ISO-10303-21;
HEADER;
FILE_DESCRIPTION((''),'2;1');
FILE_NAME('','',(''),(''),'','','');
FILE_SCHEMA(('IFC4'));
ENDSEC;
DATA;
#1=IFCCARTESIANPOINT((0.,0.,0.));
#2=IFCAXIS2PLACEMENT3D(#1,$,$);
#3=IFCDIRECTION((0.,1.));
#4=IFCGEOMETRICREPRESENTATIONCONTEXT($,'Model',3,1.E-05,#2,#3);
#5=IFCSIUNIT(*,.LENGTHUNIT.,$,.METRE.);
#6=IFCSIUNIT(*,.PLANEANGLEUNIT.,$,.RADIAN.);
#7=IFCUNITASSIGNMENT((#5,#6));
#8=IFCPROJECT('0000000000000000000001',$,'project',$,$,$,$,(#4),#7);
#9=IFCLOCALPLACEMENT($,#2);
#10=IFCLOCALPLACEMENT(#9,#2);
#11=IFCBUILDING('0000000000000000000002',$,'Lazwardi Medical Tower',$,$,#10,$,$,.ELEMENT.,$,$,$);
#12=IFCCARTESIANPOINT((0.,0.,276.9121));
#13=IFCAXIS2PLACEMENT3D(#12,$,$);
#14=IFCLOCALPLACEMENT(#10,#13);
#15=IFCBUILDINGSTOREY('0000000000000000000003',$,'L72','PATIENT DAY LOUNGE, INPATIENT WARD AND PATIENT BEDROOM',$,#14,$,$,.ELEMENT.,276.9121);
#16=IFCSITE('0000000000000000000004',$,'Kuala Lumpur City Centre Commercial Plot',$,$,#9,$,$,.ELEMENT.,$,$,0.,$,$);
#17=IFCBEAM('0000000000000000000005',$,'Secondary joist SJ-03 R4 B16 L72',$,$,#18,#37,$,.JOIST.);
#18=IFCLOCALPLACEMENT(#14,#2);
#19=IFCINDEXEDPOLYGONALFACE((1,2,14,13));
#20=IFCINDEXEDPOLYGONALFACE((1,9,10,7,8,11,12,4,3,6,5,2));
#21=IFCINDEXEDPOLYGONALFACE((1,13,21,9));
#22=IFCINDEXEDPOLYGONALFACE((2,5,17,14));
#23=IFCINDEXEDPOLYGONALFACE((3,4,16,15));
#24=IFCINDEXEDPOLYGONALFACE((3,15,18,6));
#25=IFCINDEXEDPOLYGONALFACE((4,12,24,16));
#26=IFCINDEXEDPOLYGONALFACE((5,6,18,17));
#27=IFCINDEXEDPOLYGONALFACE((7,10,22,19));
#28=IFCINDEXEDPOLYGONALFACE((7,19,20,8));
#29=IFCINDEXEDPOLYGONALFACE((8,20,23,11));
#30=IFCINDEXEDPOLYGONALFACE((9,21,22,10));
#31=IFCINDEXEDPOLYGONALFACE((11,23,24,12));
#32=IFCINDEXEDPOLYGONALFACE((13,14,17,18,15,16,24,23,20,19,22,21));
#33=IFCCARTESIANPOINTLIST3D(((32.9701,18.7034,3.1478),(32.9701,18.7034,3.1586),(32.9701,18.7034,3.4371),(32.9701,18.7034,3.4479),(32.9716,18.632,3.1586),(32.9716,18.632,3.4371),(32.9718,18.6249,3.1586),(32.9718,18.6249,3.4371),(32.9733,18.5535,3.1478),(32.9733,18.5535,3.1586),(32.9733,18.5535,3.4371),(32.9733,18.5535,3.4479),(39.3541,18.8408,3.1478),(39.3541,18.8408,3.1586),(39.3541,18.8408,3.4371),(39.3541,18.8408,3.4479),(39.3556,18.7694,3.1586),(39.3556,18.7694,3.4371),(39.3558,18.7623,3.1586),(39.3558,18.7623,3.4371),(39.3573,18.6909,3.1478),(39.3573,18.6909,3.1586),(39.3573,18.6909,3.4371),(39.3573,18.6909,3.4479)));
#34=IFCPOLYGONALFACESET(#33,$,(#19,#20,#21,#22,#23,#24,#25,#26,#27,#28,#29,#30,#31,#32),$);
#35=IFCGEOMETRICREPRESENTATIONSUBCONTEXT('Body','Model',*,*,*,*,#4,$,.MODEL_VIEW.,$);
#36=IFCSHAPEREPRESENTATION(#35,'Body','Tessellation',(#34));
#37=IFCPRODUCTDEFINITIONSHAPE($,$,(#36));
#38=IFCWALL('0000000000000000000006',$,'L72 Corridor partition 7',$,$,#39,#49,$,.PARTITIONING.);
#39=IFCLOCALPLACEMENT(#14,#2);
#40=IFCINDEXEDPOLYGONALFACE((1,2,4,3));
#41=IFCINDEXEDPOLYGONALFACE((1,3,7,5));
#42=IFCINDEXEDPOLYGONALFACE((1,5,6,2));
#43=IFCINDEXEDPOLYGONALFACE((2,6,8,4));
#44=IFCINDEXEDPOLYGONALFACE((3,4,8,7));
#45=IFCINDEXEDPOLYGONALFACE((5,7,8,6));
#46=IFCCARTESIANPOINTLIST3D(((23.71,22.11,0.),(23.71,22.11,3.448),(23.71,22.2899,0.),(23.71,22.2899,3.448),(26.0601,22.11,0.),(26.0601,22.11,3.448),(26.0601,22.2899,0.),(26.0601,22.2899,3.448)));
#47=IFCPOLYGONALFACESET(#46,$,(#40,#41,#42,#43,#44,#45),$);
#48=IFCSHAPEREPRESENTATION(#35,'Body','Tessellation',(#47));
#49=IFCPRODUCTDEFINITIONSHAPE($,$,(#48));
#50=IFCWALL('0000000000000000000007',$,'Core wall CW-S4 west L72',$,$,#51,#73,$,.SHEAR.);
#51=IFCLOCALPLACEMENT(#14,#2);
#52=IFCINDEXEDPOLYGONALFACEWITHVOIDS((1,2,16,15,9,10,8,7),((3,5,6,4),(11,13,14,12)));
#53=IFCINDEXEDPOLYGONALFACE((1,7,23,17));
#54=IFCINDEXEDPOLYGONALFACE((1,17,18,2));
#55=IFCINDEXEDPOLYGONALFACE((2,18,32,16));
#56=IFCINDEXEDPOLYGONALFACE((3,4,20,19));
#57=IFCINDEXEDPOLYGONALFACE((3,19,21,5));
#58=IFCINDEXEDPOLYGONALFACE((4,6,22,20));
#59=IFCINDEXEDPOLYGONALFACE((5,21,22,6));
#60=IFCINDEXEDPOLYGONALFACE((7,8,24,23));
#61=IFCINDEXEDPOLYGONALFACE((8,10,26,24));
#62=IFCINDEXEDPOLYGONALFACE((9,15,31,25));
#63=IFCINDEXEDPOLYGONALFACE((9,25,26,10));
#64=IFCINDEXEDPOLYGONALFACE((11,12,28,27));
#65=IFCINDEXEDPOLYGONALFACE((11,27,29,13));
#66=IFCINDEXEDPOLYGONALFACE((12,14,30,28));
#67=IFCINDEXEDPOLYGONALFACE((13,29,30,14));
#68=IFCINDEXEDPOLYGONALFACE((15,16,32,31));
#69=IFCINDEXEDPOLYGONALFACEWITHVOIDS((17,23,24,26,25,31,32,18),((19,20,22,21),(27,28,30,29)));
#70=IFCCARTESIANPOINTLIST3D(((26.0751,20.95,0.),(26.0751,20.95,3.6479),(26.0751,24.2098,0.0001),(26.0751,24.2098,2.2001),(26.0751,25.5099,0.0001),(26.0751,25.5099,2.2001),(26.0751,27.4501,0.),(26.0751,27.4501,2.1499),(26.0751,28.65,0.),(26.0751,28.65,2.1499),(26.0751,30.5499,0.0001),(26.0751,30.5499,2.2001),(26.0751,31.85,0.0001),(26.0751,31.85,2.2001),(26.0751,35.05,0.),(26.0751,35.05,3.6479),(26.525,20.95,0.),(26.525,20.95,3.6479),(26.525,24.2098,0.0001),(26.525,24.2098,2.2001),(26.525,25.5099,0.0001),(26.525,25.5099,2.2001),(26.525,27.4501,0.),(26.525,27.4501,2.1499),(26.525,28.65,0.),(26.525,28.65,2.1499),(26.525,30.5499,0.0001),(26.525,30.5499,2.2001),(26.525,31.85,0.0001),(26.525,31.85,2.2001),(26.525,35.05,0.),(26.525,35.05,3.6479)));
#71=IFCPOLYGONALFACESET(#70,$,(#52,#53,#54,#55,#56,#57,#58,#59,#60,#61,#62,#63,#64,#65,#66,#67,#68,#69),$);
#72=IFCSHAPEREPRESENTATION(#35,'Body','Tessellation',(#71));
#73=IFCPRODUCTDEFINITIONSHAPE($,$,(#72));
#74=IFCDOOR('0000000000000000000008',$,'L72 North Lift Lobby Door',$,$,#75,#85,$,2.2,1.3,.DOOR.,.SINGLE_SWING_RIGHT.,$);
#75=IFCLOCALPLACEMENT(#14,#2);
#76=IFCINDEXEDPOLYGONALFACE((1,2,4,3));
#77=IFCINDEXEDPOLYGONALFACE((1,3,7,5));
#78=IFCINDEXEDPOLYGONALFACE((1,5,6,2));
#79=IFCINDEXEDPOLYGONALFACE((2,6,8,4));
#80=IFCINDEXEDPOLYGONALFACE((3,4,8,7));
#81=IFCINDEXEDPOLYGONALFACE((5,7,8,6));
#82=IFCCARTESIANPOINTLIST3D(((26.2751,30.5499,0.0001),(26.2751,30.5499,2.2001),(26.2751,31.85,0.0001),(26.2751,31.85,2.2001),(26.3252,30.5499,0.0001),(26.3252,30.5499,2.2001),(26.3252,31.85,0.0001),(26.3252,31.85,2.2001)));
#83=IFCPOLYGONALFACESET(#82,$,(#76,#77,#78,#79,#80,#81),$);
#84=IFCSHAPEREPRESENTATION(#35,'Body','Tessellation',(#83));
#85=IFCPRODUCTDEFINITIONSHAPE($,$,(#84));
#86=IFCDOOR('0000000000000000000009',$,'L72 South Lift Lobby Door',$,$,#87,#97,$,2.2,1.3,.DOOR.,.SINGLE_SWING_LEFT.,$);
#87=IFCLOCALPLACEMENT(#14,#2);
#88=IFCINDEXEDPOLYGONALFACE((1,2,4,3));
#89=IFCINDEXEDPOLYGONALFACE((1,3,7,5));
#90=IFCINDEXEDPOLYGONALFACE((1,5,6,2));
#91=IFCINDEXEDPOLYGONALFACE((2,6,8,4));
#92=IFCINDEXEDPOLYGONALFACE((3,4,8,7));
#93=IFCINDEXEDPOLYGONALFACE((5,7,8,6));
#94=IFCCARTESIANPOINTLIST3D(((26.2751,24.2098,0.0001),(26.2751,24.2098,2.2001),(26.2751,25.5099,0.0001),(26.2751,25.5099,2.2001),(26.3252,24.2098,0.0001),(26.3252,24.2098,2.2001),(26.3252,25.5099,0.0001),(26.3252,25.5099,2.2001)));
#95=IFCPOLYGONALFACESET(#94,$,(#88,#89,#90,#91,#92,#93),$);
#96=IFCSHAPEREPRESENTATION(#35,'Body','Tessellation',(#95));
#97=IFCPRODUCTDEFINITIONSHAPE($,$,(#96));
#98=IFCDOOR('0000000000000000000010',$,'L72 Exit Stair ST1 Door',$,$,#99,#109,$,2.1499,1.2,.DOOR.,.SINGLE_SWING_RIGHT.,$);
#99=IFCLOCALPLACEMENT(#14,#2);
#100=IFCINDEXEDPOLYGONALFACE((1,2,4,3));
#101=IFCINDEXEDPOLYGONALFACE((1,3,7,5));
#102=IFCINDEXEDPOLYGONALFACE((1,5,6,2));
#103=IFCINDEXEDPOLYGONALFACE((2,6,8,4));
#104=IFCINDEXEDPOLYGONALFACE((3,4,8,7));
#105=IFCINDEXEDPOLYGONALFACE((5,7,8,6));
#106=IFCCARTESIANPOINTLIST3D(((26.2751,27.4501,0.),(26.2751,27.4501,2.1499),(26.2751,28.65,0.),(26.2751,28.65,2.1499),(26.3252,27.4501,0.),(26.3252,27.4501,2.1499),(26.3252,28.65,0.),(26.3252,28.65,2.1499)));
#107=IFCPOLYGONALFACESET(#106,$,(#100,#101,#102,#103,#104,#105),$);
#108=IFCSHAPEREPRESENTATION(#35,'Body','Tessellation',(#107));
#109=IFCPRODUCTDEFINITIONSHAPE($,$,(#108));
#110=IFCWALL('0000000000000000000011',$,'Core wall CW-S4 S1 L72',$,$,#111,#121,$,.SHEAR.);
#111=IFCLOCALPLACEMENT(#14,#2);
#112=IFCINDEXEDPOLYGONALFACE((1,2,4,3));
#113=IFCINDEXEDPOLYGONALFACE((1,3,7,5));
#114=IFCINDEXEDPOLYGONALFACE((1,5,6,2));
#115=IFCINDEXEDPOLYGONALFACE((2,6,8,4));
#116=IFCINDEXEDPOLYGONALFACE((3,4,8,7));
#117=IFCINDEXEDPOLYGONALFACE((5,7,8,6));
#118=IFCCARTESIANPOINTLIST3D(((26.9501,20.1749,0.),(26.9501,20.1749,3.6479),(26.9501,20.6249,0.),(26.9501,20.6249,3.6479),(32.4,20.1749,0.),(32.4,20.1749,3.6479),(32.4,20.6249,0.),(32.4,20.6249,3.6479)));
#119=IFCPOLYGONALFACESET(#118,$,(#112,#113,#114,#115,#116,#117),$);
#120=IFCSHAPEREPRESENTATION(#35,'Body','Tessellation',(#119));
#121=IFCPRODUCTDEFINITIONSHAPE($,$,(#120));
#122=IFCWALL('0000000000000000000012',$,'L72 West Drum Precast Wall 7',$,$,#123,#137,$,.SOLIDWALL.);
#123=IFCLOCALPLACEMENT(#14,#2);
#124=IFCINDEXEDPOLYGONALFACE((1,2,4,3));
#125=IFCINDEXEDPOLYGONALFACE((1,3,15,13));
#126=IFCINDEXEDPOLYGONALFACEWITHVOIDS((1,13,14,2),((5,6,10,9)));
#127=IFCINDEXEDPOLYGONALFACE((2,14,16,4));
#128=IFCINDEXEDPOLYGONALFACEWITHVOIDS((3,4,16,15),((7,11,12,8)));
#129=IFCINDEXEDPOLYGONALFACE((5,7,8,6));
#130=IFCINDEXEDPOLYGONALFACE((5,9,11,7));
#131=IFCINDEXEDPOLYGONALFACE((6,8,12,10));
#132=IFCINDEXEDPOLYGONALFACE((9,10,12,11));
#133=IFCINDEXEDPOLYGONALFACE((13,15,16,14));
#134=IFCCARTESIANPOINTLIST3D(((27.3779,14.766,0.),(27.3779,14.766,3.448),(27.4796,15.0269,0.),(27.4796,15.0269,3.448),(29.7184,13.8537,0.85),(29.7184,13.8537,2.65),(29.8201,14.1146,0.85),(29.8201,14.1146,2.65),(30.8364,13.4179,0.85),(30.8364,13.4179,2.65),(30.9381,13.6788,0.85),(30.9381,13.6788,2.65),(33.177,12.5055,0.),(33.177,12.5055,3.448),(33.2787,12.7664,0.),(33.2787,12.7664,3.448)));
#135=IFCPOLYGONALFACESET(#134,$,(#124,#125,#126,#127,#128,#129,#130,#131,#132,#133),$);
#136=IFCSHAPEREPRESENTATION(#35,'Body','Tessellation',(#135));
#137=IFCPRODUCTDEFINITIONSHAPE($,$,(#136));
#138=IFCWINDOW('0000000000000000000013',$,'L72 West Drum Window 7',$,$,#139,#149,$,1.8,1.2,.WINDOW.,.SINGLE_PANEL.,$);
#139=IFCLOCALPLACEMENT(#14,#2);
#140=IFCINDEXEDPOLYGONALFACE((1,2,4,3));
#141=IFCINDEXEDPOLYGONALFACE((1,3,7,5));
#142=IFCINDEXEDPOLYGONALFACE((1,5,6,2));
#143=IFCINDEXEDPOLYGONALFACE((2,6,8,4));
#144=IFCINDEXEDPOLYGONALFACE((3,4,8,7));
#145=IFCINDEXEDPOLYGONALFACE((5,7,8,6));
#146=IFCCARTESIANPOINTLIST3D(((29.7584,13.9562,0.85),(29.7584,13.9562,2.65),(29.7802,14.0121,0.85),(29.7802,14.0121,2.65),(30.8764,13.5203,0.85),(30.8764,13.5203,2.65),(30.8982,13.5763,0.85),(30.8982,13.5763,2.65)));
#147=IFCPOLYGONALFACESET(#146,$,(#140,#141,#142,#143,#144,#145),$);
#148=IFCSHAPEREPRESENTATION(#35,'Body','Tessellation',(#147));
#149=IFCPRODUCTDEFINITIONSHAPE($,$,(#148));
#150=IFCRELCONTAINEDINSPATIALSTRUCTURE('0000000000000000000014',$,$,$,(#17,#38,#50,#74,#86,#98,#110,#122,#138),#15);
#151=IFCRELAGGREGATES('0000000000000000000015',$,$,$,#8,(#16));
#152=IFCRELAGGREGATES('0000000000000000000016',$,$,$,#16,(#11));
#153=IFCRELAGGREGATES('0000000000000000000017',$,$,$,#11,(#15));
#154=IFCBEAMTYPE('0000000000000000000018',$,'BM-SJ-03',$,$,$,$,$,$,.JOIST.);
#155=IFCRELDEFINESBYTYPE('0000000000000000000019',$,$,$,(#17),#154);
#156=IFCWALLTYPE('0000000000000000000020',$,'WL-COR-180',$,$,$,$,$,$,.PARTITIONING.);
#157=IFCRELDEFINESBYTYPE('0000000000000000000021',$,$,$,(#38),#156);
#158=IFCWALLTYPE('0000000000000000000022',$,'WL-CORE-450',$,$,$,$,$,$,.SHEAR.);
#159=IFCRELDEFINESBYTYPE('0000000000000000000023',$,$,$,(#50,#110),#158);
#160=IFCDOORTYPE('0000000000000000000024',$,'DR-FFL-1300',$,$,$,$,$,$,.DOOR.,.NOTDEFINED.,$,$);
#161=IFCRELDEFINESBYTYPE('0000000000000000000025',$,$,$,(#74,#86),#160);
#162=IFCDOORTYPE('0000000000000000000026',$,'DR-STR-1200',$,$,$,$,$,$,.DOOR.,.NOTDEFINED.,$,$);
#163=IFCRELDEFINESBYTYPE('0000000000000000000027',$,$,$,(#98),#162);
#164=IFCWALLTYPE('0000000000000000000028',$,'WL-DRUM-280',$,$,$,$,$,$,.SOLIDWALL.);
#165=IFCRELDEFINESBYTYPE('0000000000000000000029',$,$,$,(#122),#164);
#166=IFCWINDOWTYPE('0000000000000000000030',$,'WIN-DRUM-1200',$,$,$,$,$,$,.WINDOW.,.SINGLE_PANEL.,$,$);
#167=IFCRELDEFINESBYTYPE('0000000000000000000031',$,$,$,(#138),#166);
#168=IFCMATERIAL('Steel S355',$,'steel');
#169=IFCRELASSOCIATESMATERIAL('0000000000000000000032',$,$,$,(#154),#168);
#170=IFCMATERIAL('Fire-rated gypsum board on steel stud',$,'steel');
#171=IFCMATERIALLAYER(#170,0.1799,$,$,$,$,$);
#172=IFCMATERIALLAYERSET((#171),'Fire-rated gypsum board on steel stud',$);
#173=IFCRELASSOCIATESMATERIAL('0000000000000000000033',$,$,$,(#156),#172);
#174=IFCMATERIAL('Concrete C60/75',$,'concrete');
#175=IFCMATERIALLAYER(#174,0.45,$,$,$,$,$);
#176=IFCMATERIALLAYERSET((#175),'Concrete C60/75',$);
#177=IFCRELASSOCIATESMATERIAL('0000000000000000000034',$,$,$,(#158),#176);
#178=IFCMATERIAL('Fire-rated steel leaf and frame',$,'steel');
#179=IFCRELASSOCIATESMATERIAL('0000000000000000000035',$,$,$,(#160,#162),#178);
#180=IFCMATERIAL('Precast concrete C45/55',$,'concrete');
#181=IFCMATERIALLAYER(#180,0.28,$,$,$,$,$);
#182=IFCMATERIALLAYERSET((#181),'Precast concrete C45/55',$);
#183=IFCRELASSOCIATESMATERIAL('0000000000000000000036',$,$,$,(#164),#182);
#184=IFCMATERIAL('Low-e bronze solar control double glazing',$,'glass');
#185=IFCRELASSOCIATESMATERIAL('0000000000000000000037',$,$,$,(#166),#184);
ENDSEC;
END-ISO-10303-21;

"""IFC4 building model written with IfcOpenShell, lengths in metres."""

from ifc_helpers import new_model, si_unit, direction, frame, frame_2d, origin, origin_2d, place, context, subcontext, project, spatial, rectangle, i_section, extrude, material, layer, layer_set, material_profile, profile_set, type_object, element, fill, save


model = new_model("IFC4")

# Units and contexts
model_context = context("Model", 3, precision=1e-05, world=origin(), true_north=direction((0.0, 1.0)))
body_context = subcontext(model_context, "Body", "Model", "MODEL_VIEW")
ifc_project = project(units=[si_unit("LENGTHUNIT", "METRE"), si_unit("PLANEANGLEUNIT", "RADIAN")], contexts=[model_context])

# Site, building, storey
site_placement = place(None, origin())
site = spatial("IfcSite", under=ifc_project, at=site_placement, Name="Kuala Lumpur City Centre Commercial Plot", CompositionType="ELEMENT", RefElevation=0.0)
building_placement = place(site_placement, origin())
building = spatial("IfcBuilding", under=site, at=building_placement, Name="Lazwardi Medical Tower", CompositionType="ELEMENT")
storey_placement = place(building_placement, frame((0.0, 0.0, 276.9121)))
storey = spatial("IfcBuildingStorey", under=building, at=storey_placement, Name="L72", Description="PATIENT DAY LOUNGE, INPATIENT WARD AND PATIENT BEDROOM", CompositionType="ELEMENT", Elevation=276.9121)

# Shared definitions
ifc_material_1 = material(Name="Concrete C60/75", Category="concrete")

# Beam
ifc_material_2 = material(Name="Steel S355", Category="steel")
ifc_material_profile_1 = material_profile(ifc_material_2, i_section(OverallWidth=0.1499, OverallDepth=0.3, WebThickness=0.0071, FlangeThickness=0.0107, at=origin_2d()), Name="IPE 300")
ifc_profile_set_1 = profile_set([ifc_material_profile_1], Name="Steel S355")
beam_type_1 = type_object("IfcBeamType", Name="BM-SJ-03", PredefinedType="JOIST", material=ifc_profile_set_1)
beam_1_placement = place(storey_placement, frame((32.9717, 18.6284, 3.2979), z_axis=(0.999768, 0.021525, 0.0), x_axis=(-0.021525, 0.999768, 0.0)))
element("IfcBeam", 1, at=beam_1_placement, inside=storey, type_object=beam_type_1, Name="Secondary joist SJ-03 R4 B16 L72", PredefinedType="JOIST", context=body_context, shape_type="SweptSolid", body=[
    extrude(i_section(OverallWidth=0.1499, OverallDepth=0.3, WebThickness=0.0071, FlangeThickness=0.0107, at=origin_2d()), origin(), (0.0, 0.0, 1.0), 6.3855),
])

# Wall
ifc_material_3 = material(Name="Fire-rated gypsum board on steel stud", Category="steel")
ifc_layer_1 = layer(ifc_material_3, 0.1799)
ifc_layer_set_1 = layer_set([ifc_layer_1], Name="Fire-rated gypsum board on steel stud")
wall_type_1 = type_object("IfcWallType", Name="WL-COR-180", PredefinedType="PARTITIONING", material=ifc_layer_set_1)
wall_1_placement = place(storey_placement, frame((26.0601, 22.2, 0.0), z_axis=(0.0, 0.0, 1.0), x_axis=(-1.0, 0.0, 0.0)))
element("IfcWall", 2, at=wall_1_placement, inside=storey, type_object=wall_type_1, Name="L72 Corridor partition 7", PredefinedType="PARTITIONING", context=body_context, shape_type="SweptSolid", body=[
    extrude(rectangle(XDim=2.3501, YDim=0.1799, at=frame_2d((1.175, 0.0))), origin(), (0.0, 0.0, 1.0), 3.448),
])

# Wall, openings, doors
ifc_layer_2 = layer(ifc_material_1, 0.45)
ifc_layer_set_2 = layer_set([ifc_layer_2], Name="Concrete C60/75")
wall_type_2 = type_object("IfcWallType", Name="WL-CORE-450", PredefinedType="SHEAR", material=ifc_layer_set_2)
wall_2_placement = place(storey_placement, frame((26.3, 20.95, 0.0), z_axis=(0.0, 0.0, 1.0), x_axis=(0.0, 1.0, 0.0)))
wall_2 = element("IfcWall", 3, at=wall_2_placement, inside=storey, type_object=wall_type_2, Name="Core wall CW-S4 west L72", PredefinedType="SHEAR", context=body_context, shape_type="SweptSolid", body=[
    extrude(rectangle(XDim=14.1001, YDim=0.45, at=frame_2d((7.05, 0.0))), origin(), (0.0, 0.0, 1.0), 3.6479),
])
opening_1_placement = place(wall_2_placement, frame((6.5, 0.0, 0.0)))
opening_1 = element("IfcOpeningElement", 4, at=opening_1_placement, cuts=wall_2, PredefinedType="OPENING", context=body_context, shape_type="SweptSolid", body=[
    extrude(rectangle(XDim=1.2, YDim=2.1499, at=frame_2d((0.6001, 1.075))), frame((0.0, 0.2349, 0.0), z_axis=(0.0, -1.0, 0.0), x_axis=(1.0, 0.0, 0.0)), (0.0, 0.0, 1.0), 0.47),
])
opening_2_placement = place(wall_2_placement, frame((9.6001, 0.0, 0.0)))
opening_2 = element("IfcOpeningElement", 5, at=opening_2_placement, cuts=wall_2, PredefinedType="OPENING", context=body_context, shape_type="SweptSolid", body=[
    extrude(rectangle(XDim=1.3, YDim=2.2, at=frame_2d((0.6499, 1.1001))), frame((0.0, 0.2349, 0.0), z_axis=(0.0, -1.0, 0.0), x_axis=(1.0, 0.0, 0.0)), (0.0, 0.0, 1.0), 0.47),
])
opening_3_placement = place(wall_2_placement, frame((3.26, 0.0, 0.0)))
opening_3 = element("IfcOpeningElement", 6, at=opening_3_placement, cuts=wall_2, PredefinedType="OPENING", context=body_context, shape_type="SweptSolid", body=[
    extrude(rectangle(XDim=1.3, YDim=2.2, at=frame_2d((0.6499, 1.1001))), frame((0.0, 0.2349, 0.0), z_axis=(0.0, -1.0, 0.0), x_axis=(1.0, 0.0, 0.0)), (0.0, 0.0, 1.0), 0.47),
])
ifc_material_4 = material(Name="Fire-rated steel leaf and frame", Category="steel")
door_type_1 = type_object("IfcDoorType", Name="DR-FFL-1300", OperationType="NOTDEFINED", PredefinedType="DOOR", material=ifc_material_4)
door_1_placement = place(opening_2_placement, origin())
door_1 = element("IfcDoor", 7, at=door_1_placement, inside=storey, type_object=door_type_1, Name="L72 North Lift Lobby Door", OperationType="SINGLE_SWING_RIGHT", OverallHeight=2.2, OverallWidth=1.3, PredefinedType="DOOR", context=body_context, shape_type="SweptSolid", body=[
    extrude(rectangle(XDim=1.3, YDim=2.2, at=frame_2d((0.6499, 1.1001))), frame((0.0, 0.0249, 0.0), z_axis=(0.0, -1.0, 0.0), x_axis=(1.0, 0.0, 0.0)), (0.0, 0.0, 1.0), 0.05),
])
fill(opening_2, door_1)
door_2_placement = place(opening_3_placement, origin())
door_2 = element("IfcDoor", 8, at=door_2_placement, inside=storey, type_object=door_type_1, Name="L72 South Lift Lobby Door", OperationType="SINGLE_SWING_LEFT", OverallHeight=2.2, OverallWidth=1.3, PredefinedType="DOOR", context=body_context, shape_type="SweptSolid", body=[
    extrude(rectangle(XDim=1.3, YDim=2.2, at=frame_2d((0.6499, 1.1001))), frame((0.0, 0.0249, 0.0), z_axis=(0.0, -1.0, 0.0), x_axis=(1.0, 0.0, 0.0)), (0.0, 0.0, 1.0), 0.05),
])
fill(opening_3, door_2)
door_type_2 = type_object("IfcDoorType", Name="DR-STR-1200", OperationType="NOTDEFINED", PredefinedType="DOOR", material=ifc_material_4)
door_3_placement = place(opening_1_placement, origin())
door_3 = element("IfcDoor", 9, at=door_3_placement, inside=storey, type_object=door_type_2, Name="L72 Exit Stair ST1 Door", OperationType="SINGLE_SWING_RIGHT", OverallHeight=2.1499, OverallWidth=1.2, PredefinedType="DOOR", context=body_context, shape_type="SweptSolid", body=[
    extrude(rectangle(XDim=1.2, YDim=2.1499, at=frame_2d((0.6001, 1.075))), frame((0.0, 0.0249, 0.0), z_axis=(0.0, -1.0, 0.0), x_axis=(1.0, 0.0, 0.0)), (0.0, 0.0, 1.0), 0.05),
])
fill(opening_1, door_3)

# Wall
wall_3_placement = place(storey_placement, frame((26.95, 20.3999, 0.0), z_axis=(0.0, 0.0, 1.0), x_axis=(1.0, 0.0, 0.0)))
element("IfcWall", 10, at=wall_3_placement, inside=storey, type_object=wall_type_2, Name="Core wall CW-S4 S1 L72", PredefinedType="SHEAR", context=body_context, shape_type="SweptSolid", body=[
    extrude(rectangle(XDim=5.45, YDim=0.45, at=frame_2d((2.7251, 0.0))), origin(), (0.0, 0.0, 1.0), 3.6479),
])

# Wall, opening, window
ifc_material_5 = material(Name="Precast concrete C45/55", Category="concrete")
ifc_layer_3 = layer(ifc_material_5, 0.28)
ifc_layer_set_3 = layer_set([ifc_layer_3], Name="Precast concrete C45/55")
wall_type_3 = type_object("IfcWallType", Name="WL-DRUM-280", PredefinedType="SOLIDWALL", material=ifc_layer_set_3)
wall_4_placement = place(storey_placement, frame((27.4287, 14.8965, 0.0), z_axis=(0.0, 0.0, 1.0), x_axis=(0.931717, -0.363186, 0.0)))
wall_4 = element("IfcWall", 11, at=wall_4_placement, inside=storey, type_object=wall_type_3, Name="L72 West Drum Precast Wall 7", PredefinedType="SOLIDWALL", context=body_context, shape_type="SweptSolid", body=[
    extrude(rectangle(XDim=6.2241, YDim=0.28, at=frame_2d((3.1121, 0.0))), origin(), (0.0, 0.0, 1.0), 3.448),
])
opening_4_placement = place(wall_4_placement, frame((2.512, 0.0, 0.8501)))
opening_4 = element("IfcOpeningElement", 12, at=opening_4_placement, cuts=wall_4, PredefinedType="OPENING", context=body_context, shape_type="SweptSolid", body=[
    extrude(rectangle(XDim=1.2, YDim=1.8, at=frame_2d((0.6001, 0.8999))), frame((0.0, 0.1499, 0.0), z_axis=(0.0, -1.0, 0.0), x_axis=(1.0, 0.0, 0.0)), (0.0, 0.0, 1.0), 0.3),
])
ifc_material_6 = material(Name="Low-e bronze solar control double glazing", Category="glass")
window_type_1 = type_object("IfcWindowType", Name="WIN-DRUM-1200", PartitioningType="SINGLE_PANEL", PredefinedType="WINDOW", material=ifc_material_6)
window_1_placement = place(opening_4_placement, origin())
window_1 = element("IfcWindow", 13, at=window_1_placement, inside=storey, type_object=window_type_1, Name="L72 West Drum Window 7", OverallHeight=1.8, OverallWidth=1.2, PartitioningType="SINGLE_PANEL", PredefinedType="WINDOW", context=body_context, shape_type="SweptSolid", body=[
    extrude(rectangle(XDim=1.2, YDim=1.8, at=frame_2d((0.6001, 0.8999))), frame((0.0, 0.03, 0.0), z_axis=(0.0, -1.0, 0.0), x_axis=(1.0, 0.0, 0.0)), (0.0, 0.0, 1.0), 0.0601),
])
fill(opening_4, window_1)

save(model, "model.ifc")
